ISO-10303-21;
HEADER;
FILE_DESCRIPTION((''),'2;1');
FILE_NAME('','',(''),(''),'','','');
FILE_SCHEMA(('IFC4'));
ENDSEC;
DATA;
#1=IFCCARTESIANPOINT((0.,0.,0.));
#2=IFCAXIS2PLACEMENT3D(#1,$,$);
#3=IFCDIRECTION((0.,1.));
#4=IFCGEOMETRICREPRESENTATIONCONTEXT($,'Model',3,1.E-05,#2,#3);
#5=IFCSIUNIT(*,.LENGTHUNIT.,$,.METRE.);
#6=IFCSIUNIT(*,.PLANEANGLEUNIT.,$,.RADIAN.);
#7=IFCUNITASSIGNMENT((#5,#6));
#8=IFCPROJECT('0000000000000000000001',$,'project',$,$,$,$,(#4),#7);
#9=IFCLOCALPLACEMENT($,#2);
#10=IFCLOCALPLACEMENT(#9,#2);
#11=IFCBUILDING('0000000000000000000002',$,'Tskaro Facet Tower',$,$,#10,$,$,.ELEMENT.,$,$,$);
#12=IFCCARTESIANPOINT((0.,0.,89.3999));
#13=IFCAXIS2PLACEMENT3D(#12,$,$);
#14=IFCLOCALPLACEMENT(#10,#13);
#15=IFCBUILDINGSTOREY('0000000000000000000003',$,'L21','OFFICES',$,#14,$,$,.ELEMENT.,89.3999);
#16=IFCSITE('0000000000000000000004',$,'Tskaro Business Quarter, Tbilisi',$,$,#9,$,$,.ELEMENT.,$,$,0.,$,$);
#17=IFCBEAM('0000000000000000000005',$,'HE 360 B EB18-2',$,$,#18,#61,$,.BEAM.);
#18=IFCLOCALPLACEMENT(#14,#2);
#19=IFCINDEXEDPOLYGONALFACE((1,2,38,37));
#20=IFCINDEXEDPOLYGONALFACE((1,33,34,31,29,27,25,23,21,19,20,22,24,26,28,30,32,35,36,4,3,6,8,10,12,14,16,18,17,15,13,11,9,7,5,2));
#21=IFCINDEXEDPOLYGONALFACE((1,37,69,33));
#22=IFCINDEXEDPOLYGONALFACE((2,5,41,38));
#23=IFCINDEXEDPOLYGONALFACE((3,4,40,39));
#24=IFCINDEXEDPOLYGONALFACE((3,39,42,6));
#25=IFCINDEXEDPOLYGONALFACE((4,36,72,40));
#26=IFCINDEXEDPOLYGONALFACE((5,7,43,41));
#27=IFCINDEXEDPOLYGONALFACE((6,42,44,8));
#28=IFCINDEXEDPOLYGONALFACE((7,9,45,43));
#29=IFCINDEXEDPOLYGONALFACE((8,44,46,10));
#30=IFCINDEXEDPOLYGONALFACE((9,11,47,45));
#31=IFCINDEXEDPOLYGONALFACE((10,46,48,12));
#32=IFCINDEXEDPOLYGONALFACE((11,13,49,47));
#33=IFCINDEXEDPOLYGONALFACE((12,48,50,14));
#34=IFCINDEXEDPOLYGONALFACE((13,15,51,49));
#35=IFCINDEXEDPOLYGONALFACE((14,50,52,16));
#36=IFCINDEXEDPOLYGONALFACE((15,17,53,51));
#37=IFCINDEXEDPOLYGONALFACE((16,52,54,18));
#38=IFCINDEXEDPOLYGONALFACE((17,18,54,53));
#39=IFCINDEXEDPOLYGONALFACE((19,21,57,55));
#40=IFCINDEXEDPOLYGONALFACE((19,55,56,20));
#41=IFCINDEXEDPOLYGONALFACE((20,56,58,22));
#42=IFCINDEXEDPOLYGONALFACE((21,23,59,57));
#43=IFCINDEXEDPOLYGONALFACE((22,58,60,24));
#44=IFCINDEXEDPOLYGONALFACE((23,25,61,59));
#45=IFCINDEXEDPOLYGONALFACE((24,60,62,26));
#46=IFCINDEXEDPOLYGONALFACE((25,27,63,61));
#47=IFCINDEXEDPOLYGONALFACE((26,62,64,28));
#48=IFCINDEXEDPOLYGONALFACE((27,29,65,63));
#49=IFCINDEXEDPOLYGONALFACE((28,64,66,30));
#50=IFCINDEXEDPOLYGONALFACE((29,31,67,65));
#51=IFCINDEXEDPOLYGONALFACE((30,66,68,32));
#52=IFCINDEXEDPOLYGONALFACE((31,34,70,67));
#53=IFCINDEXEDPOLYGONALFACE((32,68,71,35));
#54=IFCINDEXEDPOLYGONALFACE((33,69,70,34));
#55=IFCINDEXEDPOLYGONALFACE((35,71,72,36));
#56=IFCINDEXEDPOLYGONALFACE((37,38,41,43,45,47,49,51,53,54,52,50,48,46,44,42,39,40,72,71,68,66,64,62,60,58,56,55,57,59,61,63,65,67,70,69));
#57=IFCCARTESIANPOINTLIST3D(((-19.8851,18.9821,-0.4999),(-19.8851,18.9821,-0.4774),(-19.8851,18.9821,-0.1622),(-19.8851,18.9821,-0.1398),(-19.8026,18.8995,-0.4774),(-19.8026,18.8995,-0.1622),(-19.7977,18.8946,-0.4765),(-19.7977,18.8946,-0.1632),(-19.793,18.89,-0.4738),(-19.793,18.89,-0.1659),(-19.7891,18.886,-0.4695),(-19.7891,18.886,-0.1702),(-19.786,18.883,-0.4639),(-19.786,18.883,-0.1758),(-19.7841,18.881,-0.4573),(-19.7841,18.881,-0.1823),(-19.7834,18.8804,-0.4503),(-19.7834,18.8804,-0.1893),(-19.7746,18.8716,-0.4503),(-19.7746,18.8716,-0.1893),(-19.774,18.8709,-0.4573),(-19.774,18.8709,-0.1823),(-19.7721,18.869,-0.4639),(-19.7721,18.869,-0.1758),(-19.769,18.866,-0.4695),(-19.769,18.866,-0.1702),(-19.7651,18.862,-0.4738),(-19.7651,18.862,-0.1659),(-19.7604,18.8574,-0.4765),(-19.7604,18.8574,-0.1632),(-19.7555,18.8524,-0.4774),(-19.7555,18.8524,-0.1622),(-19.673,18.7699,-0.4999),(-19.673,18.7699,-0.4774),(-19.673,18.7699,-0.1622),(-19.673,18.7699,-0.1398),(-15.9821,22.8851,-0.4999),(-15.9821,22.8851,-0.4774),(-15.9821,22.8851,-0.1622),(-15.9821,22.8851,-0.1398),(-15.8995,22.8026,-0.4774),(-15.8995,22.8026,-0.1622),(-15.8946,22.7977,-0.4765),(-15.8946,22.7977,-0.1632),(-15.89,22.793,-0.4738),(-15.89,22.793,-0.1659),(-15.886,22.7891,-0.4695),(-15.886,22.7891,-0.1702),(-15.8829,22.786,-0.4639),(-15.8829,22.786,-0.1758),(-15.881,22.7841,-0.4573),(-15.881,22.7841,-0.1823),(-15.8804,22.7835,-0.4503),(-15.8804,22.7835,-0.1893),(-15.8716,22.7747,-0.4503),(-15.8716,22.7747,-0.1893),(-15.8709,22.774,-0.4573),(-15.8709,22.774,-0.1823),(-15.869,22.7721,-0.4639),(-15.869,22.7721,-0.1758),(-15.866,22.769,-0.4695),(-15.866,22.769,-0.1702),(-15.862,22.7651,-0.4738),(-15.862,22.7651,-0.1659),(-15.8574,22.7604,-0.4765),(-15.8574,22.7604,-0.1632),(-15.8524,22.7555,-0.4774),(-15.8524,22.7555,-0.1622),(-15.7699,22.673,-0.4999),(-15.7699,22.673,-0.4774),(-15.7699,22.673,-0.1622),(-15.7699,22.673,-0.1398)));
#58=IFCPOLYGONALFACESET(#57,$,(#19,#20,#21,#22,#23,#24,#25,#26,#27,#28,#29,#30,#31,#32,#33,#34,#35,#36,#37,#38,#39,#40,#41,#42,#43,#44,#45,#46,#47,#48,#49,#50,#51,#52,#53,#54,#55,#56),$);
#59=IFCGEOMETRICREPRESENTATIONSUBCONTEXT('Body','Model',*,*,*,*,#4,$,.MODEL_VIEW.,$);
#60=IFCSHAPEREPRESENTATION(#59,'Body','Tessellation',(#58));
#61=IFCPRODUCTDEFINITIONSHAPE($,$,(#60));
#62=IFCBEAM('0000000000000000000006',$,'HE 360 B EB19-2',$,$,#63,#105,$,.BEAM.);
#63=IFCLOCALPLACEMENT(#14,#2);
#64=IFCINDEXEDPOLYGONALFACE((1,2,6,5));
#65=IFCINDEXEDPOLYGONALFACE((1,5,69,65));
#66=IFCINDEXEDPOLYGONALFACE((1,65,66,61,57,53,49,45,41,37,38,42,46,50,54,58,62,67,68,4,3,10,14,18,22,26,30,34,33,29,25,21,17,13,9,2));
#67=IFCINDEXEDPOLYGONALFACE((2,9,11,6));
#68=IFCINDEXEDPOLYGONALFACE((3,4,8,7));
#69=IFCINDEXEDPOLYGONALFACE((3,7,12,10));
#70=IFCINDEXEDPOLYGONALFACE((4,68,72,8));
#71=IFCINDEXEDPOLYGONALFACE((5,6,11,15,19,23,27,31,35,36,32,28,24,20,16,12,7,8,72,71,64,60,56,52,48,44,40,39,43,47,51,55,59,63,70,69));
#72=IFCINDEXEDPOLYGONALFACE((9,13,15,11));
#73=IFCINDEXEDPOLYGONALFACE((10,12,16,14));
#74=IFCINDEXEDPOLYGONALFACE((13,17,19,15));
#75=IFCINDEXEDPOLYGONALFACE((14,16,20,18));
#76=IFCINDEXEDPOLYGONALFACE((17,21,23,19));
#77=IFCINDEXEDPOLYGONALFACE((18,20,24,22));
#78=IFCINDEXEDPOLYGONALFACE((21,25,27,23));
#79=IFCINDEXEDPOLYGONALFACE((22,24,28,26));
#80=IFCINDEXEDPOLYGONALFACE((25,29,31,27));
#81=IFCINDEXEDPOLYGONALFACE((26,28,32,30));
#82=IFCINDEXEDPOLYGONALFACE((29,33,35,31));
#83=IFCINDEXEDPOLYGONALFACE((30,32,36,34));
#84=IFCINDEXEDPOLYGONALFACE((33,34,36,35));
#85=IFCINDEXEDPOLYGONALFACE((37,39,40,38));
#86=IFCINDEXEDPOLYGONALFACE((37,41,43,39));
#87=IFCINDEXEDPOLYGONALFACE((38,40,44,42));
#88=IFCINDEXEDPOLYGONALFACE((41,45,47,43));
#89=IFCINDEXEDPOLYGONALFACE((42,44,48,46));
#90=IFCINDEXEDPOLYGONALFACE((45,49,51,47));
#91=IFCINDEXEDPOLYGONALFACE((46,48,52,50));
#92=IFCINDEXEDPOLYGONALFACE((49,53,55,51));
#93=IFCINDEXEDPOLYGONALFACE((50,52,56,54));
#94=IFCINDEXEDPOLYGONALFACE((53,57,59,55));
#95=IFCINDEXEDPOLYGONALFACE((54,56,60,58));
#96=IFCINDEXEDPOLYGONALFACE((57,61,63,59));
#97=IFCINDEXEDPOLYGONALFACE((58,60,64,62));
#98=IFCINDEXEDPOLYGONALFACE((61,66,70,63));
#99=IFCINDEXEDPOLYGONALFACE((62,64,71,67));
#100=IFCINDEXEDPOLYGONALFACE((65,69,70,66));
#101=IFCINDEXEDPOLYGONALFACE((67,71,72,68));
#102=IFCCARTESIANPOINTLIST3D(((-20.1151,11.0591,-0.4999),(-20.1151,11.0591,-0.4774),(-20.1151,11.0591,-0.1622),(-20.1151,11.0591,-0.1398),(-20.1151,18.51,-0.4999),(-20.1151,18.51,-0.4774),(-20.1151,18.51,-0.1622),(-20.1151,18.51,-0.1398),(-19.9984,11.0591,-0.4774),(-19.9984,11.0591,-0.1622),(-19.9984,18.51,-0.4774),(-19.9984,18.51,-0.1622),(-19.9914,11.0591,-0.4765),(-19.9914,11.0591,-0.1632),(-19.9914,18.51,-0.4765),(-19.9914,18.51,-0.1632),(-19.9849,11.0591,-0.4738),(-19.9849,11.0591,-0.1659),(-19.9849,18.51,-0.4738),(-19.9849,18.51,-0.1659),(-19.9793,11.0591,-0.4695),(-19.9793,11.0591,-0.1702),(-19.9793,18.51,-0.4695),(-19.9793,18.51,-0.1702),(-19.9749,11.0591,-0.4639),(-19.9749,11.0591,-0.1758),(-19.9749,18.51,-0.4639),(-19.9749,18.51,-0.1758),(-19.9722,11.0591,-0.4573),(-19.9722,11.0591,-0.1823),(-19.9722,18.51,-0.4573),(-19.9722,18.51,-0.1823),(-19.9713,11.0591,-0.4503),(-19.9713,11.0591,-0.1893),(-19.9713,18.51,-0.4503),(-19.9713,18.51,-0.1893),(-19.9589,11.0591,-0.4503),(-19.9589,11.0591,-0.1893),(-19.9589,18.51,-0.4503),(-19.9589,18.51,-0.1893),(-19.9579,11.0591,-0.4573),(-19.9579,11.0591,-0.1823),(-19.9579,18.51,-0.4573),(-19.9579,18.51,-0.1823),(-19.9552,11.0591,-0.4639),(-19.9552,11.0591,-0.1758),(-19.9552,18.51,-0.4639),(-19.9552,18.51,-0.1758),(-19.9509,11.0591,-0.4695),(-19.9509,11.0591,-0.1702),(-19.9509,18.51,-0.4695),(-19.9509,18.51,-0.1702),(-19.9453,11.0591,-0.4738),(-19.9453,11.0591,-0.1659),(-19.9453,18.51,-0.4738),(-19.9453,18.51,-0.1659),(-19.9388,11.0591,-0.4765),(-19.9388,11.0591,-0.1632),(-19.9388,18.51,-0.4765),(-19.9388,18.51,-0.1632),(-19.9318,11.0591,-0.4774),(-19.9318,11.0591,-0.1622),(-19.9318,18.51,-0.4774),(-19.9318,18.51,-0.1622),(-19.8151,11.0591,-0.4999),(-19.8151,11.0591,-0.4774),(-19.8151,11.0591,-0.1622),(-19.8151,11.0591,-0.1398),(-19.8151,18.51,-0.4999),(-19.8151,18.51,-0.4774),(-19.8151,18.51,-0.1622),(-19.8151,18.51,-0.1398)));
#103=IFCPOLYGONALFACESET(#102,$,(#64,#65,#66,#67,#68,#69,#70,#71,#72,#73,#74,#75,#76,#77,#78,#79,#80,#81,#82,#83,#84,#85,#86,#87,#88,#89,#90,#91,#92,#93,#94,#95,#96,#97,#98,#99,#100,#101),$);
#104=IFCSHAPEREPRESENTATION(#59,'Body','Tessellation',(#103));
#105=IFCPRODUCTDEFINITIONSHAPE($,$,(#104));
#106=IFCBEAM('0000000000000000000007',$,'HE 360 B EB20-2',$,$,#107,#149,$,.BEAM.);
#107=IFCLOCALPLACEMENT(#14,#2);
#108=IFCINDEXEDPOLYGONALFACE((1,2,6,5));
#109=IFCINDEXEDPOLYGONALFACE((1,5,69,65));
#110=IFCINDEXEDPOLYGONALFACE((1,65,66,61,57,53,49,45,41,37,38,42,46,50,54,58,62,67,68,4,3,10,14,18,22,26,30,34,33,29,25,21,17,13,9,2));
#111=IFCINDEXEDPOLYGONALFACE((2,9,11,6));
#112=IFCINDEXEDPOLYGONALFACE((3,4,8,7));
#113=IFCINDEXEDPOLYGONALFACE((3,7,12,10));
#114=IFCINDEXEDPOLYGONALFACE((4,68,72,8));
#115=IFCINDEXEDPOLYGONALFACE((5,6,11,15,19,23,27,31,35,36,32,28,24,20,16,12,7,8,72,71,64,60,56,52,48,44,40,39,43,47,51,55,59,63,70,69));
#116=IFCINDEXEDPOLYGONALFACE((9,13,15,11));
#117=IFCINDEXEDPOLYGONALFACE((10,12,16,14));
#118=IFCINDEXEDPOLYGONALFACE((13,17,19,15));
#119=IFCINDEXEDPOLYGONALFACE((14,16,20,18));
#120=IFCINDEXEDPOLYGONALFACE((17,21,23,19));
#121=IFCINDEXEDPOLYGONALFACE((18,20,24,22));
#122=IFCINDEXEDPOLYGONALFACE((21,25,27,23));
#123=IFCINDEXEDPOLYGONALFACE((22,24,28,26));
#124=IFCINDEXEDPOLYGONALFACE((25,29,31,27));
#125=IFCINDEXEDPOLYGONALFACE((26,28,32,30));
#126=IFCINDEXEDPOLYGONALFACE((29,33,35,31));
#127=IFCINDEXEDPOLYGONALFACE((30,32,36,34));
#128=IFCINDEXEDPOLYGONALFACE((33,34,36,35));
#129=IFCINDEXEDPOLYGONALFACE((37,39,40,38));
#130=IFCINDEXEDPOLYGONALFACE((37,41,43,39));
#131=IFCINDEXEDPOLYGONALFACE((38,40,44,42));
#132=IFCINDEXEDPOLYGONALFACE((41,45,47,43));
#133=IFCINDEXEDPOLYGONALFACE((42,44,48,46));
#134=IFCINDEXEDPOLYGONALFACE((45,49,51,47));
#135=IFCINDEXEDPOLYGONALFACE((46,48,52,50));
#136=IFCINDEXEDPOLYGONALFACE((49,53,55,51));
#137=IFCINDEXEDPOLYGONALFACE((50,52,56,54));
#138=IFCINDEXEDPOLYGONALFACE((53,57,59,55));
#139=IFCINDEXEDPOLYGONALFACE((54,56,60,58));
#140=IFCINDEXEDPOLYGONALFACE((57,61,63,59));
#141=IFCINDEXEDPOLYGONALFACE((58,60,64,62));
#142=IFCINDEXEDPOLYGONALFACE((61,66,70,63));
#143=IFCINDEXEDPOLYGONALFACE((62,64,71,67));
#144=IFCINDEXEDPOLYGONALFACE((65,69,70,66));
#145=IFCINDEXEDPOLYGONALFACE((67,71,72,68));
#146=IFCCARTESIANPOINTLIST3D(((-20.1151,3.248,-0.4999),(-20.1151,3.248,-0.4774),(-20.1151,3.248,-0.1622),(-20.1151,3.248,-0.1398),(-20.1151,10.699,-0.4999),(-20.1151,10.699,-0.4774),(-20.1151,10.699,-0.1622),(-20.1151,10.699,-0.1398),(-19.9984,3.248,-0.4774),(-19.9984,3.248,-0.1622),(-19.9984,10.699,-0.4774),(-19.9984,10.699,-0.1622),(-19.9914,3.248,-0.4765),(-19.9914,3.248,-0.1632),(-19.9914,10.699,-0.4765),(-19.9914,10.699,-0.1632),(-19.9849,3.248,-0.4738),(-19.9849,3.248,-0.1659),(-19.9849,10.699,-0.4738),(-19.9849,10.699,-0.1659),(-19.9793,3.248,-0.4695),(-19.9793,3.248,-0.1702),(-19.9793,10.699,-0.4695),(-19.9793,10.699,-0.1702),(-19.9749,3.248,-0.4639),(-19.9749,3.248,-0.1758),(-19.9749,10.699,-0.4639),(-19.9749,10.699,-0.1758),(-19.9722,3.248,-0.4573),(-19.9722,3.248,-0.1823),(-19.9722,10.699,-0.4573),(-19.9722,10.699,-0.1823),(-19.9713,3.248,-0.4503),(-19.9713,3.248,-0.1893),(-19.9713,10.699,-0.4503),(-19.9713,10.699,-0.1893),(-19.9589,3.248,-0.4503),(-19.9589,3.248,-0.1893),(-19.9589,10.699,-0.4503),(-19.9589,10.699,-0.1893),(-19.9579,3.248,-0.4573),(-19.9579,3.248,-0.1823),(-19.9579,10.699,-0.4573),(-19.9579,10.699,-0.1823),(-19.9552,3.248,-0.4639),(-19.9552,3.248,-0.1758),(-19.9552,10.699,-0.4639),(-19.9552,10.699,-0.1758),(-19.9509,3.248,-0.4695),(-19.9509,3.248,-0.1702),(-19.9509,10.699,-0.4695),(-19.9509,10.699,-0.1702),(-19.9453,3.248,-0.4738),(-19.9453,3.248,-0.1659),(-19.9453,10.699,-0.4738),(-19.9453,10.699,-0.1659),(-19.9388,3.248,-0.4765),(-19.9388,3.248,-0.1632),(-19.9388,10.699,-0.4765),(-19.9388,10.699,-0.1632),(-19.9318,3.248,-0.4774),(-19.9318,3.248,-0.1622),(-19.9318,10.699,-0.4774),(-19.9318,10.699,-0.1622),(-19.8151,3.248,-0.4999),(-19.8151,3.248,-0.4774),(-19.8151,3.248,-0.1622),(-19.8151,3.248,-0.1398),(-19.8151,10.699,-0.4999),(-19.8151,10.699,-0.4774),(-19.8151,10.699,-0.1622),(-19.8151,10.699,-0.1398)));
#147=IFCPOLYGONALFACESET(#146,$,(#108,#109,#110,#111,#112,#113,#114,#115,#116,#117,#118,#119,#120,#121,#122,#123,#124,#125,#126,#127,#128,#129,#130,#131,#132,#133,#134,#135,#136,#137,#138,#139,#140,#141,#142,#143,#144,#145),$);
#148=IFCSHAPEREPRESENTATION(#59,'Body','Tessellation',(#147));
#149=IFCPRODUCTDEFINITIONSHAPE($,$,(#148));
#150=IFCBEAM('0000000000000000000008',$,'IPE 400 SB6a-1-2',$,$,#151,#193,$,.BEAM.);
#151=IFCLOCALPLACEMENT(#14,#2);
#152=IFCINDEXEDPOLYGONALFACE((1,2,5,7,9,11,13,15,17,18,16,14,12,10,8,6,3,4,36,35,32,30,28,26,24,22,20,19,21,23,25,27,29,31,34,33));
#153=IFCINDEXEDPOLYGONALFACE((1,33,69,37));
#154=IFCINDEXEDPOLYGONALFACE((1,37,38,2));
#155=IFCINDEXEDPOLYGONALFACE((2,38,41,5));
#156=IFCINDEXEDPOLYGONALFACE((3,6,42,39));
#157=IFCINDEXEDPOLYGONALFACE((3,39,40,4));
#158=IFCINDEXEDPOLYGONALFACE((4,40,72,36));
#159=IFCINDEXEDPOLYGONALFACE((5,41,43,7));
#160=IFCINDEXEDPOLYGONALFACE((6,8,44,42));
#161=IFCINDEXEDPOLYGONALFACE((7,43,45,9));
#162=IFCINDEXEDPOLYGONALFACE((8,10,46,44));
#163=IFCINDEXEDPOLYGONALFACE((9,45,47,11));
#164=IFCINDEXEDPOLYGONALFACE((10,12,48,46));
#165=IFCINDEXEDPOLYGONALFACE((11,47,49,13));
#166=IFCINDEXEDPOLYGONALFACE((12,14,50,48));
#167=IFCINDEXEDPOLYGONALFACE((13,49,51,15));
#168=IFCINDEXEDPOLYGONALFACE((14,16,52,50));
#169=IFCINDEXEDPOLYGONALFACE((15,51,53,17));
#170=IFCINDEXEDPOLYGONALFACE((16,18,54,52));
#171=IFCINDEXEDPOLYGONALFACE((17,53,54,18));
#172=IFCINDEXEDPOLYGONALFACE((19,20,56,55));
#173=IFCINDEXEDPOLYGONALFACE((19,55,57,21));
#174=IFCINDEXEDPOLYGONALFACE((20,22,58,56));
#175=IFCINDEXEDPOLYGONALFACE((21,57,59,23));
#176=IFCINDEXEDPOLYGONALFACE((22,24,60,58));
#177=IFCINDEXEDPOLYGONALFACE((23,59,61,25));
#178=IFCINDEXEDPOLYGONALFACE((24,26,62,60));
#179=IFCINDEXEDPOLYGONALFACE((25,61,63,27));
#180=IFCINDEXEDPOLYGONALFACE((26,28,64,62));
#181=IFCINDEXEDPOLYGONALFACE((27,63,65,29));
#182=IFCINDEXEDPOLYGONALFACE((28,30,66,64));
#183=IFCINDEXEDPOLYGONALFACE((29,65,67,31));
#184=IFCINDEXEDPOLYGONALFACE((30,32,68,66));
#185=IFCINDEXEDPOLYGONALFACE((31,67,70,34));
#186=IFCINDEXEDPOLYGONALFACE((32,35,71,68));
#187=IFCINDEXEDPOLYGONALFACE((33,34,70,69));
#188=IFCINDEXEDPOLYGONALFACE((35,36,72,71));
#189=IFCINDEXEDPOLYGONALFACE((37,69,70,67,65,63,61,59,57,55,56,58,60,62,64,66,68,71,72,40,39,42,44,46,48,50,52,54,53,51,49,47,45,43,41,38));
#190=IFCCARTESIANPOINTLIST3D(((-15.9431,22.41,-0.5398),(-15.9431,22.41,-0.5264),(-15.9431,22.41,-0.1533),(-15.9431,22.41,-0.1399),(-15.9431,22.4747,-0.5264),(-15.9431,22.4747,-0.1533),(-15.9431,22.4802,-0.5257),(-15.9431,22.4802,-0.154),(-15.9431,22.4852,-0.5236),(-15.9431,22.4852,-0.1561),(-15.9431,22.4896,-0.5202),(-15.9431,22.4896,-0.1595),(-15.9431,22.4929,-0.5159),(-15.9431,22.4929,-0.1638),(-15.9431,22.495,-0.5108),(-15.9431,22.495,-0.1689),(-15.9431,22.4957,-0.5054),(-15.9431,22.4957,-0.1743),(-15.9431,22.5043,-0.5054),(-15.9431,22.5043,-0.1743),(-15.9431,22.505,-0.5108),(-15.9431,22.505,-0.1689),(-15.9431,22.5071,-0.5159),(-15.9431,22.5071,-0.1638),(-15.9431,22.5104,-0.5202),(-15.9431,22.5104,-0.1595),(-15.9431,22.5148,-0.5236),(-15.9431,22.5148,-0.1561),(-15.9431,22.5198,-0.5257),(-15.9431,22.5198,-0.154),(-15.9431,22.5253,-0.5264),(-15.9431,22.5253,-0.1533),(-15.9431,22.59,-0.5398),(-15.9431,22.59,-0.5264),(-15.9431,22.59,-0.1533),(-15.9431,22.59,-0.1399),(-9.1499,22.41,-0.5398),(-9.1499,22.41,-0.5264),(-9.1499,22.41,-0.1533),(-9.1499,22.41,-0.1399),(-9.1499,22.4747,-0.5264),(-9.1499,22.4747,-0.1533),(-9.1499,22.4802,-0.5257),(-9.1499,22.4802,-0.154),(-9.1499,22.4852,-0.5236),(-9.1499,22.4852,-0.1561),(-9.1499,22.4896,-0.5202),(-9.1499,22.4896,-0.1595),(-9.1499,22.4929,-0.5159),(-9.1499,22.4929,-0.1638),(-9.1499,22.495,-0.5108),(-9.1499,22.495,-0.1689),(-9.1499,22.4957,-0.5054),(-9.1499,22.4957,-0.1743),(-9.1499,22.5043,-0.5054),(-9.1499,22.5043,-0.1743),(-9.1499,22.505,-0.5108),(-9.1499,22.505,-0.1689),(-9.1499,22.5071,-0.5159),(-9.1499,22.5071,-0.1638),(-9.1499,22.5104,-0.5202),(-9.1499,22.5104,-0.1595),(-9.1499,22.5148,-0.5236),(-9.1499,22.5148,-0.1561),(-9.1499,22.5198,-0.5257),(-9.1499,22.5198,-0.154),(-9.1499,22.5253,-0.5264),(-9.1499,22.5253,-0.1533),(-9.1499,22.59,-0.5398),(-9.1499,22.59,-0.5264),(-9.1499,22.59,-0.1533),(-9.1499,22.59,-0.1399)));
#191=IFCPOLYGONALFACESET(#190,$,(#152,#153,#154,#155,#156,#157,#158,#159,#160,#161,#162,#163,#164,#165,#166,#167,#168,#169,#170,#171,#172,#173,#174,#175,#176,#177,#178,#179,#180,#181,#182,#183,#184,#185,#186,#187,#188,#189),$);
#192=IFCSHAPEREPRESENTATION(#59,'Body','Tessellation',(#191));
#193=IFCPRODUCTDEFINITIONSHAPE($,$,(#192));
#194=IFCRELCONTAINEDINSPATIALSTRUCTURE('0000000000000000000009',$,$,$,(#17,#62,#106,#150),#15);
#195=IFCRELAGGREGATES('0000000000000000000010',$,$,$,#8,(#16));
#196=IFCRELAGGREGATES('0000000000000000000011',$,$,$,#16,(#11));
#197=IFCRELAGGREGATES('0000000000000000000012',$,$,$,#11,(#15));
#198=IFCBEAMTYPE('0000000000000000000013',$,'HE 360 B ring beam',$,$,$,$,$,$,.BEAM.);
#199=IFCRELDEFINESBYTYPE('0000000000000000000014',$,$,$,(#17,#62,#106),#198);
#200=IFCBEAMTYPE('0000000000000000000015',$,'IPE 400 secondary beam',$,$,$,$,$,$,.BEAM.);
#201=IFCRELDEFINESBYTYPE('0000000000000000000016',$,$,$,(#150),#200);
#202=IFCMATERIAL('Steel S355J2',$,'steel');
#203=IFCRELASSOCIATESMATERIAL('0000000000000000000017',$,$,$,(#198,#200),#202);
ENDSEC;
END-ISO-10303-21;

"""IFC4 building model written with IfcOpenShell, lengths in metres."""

from ifc_helpers import new_model, si_unit, direction, frame, origin, origin_2d, place, context, subcontext, project, spatial, i_section, extrude, material, material_profile, profile_set, type_object, element, save


model = new_model("IFC4")

# Units and contexts
model_context = context("Model", 3, precision=1e-05, world=origin(), true_north=direction((0.0, 1.0)))
body_context = subcontext(model_context, "Body", "Model", "MODEL_VIEW")
ifc_project = project(units=[si_unit("LENGTHUNIT", "METRE"), si_unit("PLANEANGLEUNIT", "RADIAN")], contexts=[model_context])

# Site, building, storey
site_placement = place(None, origin())
site = spatial("IfcSite", under=ifc_project, at=site_placement, Name="Tskaro Business Quarter, Tbilisi", CompositionType="ELEMENT", RefElevation=0.0)
building_placement = place(site_placement, origin())
building = spatial("IfcBuilding", under=site, at=building_placement, Name="Tskaro Facet Tower", CompositionType="ELEMENT")
storey_placement = place(building_placement, frame((0.0, 0.0, 89.3999)))
storey = spatial("IfcBuildingStorey", under=building, at=storey_placement, Name="L21", Description="OFFICES", CompositionType="ELEMENT", Elevation=89.3999)

# Beams
ifc_material_1 = material(Name="Steel S355J2", Category="steel")
ifc_material_profile_1 = material_profile(ifc_material_1, i_section(OverallWidth=0.3, OverallDepth=0.3601, WebThickness=0.0125, FlangeThickness=0.0225, FilletRadius=0.0271, at=origin_2d()), Name="HE 360 B")
ifc_profile_set_1 = profile_set([ifc_material_profile_1], Name="Steel S355J2")
beam_type_1 = type_object("IfcBeamType", Name="HE 360 B ring beam", PredefinedType="BEAM", material=ifc_profile_set_1)
beam_1_placement = place(storey_placement, frame((-15.876, 22.7791, -0.3198), z_axis=(-0.707107, -0.707107, 0.0), x_axis=(0.707107, -0.707107, 0.0)))
element("IfcBeam", 1, at=beam_1_placement, inside=storey, type_object=beam_type_1, Name="HE 360 B EB18-2", PredefinedType="BEAM", context=body_context, shape_type="SweptSolid", body=[
    extrude(i_section(OverallWidth=0.3, OverallDepth=0.3601, WebThickness=0.0125, FlangeThickness=0.0225, FilletRadius=0.0271, at=origin_2d()), origin(), (0.0, 0.0, 1.0), 5.5198),
])
for number, where, z_axis, x_axis, name in (
    (2, (-19.9651, 18.51, -0.3198), (0.0, -1.0, 0.0), (1.0, 0.0, 0.0), "HE 360 B EB19-2"),
    (3, (-19.9651, 10.699, -0.3198), (0.0, -1.0, 0.0), (1.0, 0.0, 0.0), "HE 360 B EB20-2"),
):
    element("IfcBeam", number, at=place(storey_placement, frame(where, z_axis=z_axis, x_axis=x_axis)), inside=storey, type_object=beam_type_1, Name=name, PredefinedType="BEAM", context=body_context, shape_type="SweptSolid", body=[
        extrude(i_section(OverallWidth=0.3, OverallDepth=0.3601, WebThickness=0.0125, FlangeThickness=0.0225, FilletRadius=0.0271, at=origin_2d()), origin(), (0.0, 0.0, 1.0), 7.4509),
    ])
ifc_material_profile_2 = material_profile(ifc_material_1, i_section(OverallWidth=0.1799, OverallDepth=0.3999, WebThickness=0.0085, FlangeThickness=0.0134, FilletRadius=0.021, at=origin_2d()), Name="IPE 400")
ifc_profile_set_2 = profile_set([ifc_material_profile_2], Name="Steel S355J2")
beam_type_2 = type_object("IfcBeamType", Name="IPE 400 secondary beam", PredefinedType="BEAM", material=ifc_profile_set_2)
beam_2_placement = place(storey_placement, frame((-15.9431, 22.5, -0.3398), z_axis=(1.0, 0.0, 0.0), x_axis=(0.0, 1.0, 0.0)))
element("IfcBeam", 4, at=beam_2_placement, inside=storey, type_object=beam_type_2, Name="IPE 400 SB6a-1-2", PredefinedType="BEAM", context=body_context, shape_type="SweptSolid", body=[
    extrude(i_section(OverallWidth=0.1799, OverallDepth=0.3999, WebThickness=0.0085, FlangeThickness=0.0134, FilletRadius=0.021, at=origin_2d()), origin(), (0.0, 0.0, 1.0), 6.7932),
])

save(model, "model.ifc")
